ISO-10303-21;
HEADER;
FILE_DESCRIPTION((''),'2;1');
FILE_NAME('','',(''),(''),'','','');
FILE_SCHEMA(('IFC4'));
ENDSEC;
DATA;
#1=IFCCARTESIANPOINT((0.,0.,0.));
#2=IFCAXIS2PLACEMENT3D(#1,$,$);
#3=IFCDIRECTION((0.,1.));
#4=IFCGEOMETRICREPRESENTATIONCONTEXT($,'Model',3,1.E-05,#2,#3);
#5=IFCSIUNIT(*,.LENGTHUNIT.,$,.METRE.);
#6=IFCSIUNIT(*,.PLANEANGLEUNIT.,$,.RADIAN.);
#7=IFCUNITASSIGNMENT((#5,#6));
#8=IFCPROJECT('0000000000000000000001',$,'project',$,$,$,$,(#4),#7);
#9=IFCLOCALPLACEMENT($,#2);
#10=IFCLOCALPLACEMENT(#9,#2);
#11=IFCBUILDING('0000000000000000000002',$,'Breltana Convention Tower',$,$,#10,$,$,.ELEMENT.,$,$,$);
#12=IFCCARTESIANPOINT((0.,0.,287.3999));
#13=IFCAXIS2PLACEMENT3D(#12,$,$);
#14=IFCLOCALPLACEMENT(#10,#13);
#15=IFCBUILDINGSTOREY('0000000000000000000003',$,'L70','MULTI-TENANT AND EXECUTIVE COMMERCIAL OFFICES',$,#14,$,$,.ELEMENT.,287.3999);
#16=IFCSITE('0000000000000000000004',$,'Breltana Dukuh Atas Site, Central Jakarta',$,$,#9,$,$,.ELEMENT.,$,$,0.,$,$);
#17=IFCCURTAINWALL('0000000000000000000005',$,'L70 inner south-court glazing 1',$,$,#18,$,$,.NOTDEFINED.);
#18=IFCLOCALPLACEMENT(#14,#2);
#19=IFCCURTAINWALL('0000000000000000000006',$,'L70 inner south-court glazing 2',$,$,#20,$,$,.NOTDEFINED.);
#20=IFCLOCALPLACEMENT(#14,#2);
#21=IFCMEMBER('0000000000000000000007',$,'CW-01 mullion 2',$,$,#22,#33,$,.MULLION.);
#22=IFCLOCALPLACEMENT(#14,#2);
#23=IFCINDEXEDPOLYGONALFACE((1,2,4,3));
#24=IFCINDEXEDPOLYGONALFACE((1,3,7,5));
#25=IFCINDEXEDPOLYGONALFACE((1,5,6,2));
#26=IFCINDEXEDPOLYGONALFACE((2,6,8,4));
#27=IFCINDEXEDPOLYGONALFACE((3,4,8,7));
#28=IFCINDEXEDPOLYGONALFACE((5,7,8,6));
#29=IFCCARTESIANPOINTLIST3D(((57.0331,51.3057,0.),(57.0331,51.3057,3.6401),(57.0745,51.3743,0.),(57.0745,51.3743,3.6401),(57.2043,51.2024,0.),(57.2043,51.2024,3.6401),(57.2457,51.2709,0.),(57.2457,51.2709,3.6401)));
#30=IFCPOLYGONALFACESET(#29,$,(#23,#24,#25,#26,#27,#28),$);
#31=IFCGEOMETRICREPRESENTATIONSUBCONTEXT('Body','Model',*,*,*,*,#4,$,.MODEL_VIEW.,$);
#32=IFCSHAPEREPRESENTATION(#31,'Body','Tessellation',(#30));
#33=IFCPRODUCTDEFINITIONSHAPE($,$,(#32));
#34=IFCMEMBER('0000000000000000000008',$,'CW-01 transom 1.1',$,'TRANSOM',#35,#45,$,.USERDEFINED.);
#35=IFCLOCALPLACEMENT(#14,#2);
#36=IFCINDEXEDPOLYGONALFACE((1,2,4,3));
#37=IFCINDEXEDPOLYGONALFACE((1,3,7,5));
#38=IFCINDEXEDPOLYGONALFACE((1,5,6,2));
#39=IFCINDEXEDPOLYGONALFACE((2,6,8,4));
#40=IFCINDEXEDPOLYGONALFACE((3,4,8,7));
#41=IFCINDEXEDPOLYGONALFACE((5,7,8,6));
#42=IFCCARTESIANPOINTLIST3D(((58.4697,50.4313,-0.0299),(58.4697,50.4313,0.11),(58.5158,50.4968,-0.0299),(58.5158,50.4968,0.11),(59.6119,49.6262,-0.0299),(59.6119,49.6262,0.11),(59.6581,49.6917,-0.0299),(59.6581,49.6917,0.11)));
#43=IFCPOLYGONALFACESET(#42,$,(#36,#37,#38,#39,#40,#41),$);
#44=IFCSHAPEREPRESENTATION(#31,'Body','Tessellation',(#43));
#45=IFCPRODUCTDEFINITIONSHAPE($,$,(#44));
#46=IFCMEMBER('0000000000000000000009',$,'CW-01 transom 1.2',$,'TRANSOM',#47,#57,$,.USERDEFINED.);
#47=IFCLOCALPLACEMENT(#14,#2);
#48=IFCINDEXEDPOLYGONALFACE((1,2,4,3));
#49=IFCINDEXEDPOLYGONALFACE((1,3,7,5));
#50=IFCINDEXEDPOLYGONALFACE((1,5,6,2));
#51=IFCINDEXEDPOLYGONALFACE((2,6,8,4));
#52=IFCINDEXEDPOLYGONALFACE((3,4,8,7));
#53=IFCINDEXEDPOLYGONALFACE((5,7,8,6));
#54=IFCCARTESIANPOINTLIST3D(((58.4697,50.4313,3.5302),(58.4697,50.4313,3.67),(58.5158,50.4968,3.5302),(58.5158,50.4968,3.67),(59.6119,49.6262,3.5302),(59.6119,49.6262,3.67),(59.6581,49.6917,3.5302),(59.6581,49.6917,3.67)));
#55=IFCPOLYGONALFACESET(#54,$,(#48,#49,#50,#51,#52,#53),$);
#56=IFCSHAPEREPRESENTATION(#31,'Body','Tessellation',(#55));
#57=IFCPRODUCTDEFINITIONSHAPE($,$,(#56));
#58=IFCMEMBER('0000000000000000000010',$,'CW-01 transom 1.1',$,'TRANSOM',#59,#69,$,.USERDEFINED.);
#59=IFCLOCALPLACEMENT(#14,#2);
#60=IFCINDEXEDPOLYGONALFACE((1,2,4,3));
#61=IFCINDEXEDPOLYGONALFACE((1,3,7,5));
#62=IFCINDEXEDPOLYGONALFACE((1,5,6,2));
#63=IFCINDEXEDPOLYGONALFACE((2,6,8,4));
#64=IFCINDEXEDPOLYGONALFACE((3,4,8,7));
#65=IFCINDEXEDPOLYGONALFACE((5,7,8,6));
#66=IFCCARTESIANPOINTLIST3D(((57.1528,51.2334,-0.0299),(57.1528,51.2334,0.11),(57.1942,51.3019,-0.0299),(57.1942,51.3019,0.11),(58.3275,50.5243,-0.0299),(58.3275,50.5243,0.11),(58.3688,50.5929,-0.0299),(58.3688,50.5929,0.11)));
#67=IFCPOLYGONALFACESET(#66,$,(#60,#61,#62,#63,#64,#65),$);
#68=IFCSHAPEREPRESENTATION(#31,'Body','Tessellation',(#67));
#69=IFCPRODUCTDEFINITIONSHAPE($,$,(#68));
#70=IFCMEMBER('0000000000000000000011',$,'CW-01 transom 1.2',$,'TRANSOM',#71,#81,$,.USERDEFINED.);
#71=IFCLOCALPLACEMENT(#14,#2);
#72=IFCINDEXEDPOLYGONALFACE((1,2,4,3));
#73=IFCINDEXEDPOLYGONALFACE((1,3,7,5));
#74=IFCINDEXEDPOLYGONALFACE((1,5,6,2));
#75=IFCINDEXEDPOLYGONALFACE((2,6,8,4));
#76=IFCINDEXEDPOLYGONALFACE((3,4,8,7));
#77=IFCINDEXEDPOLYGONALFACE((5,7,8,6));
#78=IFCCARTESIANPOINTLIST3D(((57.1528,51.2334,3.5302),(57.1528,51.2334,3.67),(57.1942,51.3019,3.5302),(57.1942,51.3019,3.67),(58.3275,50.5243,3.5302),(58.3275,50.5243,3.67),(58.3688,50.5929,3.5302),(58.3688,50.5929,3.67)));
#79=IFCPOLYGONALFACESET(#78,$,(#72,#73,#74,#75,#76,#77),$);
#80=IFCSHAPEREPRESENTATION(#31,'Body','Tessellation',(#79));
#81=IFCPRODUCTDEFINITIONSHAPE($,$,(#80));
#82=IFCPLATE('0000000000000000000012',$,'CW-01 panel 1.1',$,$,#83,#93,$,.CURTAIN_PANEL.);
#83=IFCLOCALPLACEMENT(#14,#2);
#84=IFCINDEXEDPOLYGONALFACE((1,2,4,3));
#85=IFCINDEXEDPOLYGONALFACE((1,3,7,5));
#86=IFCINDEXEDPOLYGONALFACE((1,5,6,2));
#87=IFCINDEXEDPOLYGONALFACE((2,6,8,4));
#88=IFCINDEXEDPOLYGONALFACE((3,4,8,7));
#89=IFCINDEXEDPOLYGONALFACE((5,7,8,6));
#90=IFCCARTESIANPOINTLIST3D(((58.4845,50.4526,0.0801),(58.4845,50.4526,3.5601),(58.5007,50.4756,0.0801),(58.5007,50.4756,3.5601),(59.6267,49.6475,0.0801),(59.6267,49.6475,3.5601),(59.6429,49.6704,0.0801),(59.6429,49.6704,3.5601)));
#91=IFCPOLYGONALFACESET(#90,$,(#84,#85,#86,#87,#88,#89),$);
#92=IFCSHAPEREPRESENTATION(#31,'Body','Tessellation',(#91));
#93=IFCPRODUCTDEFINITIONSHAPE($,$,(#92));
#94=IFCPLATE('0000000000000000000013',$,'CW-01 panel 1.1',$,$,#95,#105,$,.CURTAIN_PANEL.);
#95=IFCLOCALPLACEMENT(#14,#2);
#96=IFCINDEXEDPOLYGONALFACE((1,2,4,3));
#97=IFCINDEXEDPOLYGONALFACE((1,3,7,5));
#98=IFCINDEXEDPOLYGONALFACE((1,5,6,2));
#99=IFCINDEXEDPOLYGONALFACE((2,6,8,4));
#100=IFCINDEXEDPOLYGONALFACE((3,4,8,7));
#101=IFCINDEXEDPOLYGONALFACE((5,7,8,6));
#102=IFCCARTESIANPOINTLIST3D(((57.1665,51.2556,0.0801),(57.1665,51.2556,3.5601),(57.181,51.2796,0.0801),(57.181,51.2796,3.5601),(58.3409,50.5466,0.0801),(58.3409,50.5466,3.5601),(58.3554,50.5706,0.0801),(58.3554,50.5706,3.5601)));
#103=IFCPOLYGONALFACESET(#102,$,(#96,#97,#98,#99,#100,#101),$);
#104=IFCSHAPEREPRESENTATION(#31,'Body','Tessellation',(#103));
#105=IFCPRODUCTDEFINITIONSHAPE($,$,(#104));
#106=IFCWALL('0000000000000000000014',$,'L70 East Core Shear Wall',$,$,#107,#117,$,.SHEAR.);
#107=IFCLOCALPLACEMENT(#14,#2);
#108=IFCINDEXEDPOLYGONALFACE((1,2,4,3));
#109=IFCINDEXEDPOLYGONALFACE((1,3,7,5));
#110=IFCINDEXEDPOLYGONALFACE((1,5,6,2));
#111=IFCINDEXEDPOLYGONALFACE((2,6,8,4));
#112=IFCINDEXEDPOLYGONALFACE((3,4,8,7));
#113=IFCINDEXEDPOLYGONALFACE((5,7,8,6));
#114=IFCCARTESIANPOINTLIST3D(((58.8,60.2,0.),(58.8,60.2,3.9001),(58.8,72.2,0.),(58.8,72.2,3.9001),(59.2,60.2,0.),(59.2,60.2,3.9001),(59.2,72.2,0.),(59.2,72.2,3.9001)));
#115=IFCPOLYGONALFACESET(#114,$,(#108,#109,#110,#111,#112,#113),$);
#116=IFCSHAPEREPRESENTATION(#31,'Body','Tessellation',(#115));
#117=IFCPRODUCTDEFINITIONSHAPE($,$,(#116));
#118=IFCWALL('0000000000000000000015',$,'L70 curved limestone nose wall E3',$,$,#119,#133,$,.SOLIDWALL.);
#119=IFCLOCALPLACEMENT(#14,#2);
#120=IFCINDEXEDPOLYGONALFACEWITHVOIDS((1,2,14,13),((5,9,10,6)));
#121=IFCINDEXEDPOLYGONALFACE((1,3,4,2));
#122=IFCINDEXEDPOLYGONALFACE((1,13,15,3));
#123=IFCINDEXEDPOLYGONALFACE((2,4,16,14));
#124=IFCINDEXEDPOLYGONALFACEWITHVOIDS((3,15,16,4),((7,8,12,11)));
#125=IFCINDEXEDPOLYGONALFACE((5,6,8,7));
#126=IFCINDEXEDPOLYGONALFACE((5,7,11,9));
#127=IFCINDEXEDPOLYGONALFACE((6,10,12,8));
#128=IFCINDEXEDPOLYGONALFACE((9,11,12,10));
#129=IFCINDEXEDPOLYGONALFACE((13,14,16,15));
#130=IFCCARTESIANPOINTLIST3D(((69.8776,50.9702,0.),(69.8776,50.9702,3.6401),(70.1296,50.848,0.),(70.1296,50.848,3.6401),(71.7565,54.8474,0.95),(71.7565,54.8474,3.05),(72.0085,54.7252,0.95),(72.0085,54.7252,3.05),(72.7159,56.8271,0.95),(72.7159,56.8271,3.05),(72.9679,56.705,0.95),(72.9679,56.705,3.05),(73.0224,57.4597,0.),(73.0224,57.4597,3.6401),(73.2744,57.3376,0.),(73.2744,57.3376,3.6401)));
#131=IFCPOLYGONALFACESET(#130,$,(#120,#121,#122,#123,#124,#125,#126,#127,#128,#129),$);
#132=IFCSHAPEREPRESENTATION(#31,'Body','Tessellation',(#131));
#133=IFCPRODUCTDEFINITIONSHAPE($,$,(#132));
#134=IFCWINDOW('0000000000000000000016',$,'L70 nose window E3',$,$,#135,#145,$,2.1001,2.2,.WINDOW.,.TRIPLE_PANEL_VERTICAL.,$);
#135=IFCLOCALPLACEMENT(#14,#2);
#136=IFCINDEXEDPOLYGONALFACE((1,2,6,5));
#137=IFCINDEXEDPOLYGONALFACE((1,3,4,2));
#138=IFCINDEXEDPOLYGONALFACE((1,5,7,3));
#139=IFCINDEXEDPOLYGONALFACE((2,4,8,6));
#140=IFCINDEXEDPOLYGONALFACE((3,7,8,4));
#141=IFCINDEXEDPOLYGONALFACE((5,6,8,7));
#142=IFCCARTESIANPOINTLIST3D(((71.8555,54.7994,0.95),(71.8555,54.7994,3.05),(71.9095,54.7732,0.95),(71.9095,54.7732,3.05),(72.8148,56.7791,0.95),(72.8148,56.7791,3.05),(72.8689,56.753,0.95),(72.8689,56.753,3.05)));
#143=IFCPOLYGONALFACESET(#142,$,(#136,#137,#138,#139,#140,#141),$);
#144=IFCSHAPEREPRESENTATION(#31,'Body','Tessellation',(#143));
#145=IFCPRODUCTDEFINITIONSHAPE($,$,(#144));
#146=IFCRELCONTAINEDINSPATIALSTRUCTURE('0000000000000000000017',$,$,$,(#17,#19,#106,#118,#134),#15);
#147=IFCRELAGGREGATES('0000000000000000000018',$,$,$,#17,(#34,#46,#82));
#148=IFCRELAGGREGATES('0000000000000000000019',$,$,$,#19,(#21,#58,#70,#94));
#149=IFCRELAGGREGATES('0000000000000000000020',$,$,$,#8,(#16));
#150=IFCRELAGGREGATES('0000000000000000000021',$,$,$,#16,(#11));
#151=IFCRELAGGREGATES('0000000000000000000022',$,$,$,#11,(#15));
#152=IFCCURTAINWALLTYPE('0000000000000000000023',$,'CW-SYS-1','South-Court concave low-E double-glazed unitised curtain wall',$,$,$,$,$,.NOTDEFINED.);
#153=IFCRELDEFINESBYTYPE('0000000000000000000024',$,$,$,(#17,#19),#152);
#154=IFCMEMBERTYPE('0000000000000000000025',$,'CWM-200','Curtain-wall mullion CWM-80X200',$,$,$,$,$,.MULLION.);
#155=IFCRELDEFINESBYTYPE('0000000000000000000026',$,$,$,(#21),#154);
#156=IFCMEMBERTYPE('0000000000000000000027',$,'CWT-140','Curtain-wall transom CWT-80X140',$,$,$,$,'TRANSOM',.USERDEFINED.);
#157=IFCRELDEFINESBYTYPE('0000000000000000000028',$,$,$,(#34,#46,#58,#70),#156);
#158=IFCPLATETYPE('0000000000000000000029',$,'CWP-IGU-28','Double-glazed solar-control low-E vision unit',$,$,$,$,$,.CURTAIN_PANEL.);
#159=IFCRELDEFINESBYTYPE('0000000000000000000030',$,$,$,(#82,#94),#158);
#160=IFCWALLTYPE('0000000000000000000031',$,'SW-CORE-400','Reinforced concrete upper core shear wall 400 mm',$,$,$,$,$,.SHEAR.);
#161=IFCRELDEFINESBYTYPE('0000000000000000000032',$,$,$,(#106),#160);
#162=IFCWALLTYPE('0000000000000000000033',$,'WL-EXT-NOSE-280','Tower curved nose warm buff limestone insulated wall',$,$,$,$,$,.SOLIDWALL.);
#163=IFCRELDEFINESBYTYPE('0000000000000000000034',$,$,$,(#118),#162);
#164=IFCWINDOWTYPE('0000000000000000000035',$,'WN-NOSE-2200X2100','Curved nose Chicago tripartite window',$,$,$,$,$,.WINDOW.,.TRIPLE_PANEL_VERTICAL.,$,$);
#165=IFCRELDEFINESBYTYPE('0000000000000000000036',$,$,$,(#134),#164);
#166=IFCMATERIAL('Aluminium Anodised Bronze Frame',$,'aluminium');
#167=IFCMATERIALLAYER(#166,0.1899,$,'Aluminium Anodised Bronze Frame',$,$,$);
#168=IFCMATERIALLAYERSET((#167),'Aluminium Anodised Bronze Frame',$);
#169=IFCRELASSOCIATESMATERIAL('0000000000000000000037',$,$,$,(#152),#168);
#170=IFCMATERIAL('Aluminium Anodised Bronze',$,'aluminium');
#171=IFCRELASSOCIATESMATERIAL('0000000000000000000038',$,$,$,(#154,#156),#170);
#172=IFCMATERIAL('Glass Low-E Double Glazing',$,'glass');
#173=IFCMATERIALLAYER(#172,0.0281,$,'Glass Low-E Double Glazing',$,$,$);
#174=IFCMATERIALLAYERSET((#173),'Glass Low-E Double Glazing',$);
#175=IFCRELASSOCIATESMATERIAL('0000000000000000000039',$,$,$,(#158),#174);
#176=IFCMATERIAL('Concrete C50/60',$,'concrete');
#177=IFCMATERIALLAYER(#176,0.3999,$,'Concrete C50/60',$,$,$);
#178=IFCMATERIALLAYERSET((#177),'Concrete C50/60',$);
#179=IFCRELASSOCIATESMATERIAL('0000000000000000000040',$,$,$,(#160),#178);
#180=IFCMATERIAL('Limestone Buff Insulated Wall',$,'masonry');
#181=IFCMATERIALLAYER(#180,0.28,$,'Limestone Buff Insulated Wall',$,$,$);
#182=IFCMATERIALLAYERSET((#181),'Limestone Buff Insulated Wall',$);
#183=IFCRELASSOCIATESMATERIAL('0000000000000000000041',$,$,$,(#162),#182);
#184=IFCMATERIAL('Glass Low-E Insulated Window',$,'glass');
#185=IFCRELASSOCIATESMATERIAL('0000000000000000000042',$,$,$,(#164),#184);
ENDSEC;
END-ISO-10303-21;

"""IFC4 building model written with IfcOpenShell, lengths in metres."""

from ifc_helpers import new_model, si_unit, direction, frame, frame_2d, origin, origin_2d, place, context, subcontext, project, spatial, rectangle, extrude, source, transform, mapped, material, layer, layer_set, material_profile, profile_set, type_object, type_shapes, element, fill, aggregate, save


model = new_model("IFC4")

# Units and contexts
model_context = context("Model", 3, precision=1e-05, world=origin(), true_north=direction((0.0, 1.0)))
body_context = subcontext(model_context, "Body", "Model", "MODEL_VIEW")
ifc_project = project(units=[si_unit("LENGTHUNIT", "METRE"), si_unit("PLANEANGLEUNIT", "RADIAN")], contexts=[model_context])

# Site, building, storey
site_placement = place(None, origin())
site = spatial("IfcSite", under=ifc_project, at=site_placement, Name="Breltana Dukuh Atas Site, Central Jakarta", CompositionType="ELEMENT", RefElevation=0.0)
building_placement = place(site_placement, origin())
building = spatial("IfcBuilding", under=site, at=building_placement, Name="Breltana Convention Tower", CompositionType="ELEMENT")
storey_placement = place(building_placement, frame((0.0, 0.0, 287.3999)))
storey = spatial("IfcBuildingStorey", under=building, at=storey_placement, Name="L70", Description="MULTI-TENANT AND EXECUTIVE COMMERCIAL OFFICES", CompositionType="ELEMENT", Elevation=287.3999)

# Curtain walls, member
ifc_material_1 = material(Name="Aluminium Anodised Bronze Frame", Category="aluminium")
ifc_layer_1 = layer(ifc_material_1, 0.1899, Name="Aluminium Anodised Bronze Frame")
ifc_layer_set_1 = layer_set([ifc_layer_1], Name="Aluminium Anodised Bronze Frame")
curtain_wall_type = type_object("IfcCurtainWallType", Name="CW-SYS-1", Description="South-Court concave low-E double-glazed unitised curtain wall", PredefinedType="NOTDEFINED", material=ifc_layer_set_1)
curtain_wall_1_placement = place(storey_placement, origin())
curtain_wall_1 = element("IfcCurtainWall", 1, at=curtain_wall_1_placement, inside=storey, type_object=curtain_wall_type, Name="L70 inner south-court glazing 1", PredefinedType="NOTDEFINED")
ifc_material_2 = material(Name="Aluminium Anodised Bronze", Category="aluminium")
ifc_material_profile_1 = material_profile(ifc_material_2, rectangle(XDim=0.0801, YDim=0.2, at=origin_2d()), Name="CWM-80X200")
ifc_profile_set_1 = profile_set([ifc_material_profile_1], Name="Aluminium Anodised Bronze")
member_type_1 = type_object("IfcMemberType", Name="CWM-200", Description="Curtain-wall mullion CWM-80X200", PredefinedType="MULLION", material=ifc_profile_set_1)
shared_shape_1 = source(origin(), body_context, "Body", "SweptSolid", [
    extrude(rectangle(XDim=0.0801, YDim=0.2, at=origin_2d()), origin(), (0.0, 0.0, 1.0), 3.6401),
])
curtain_wall_2_placement = place(storey_placement, origin())
curtain_wall_2 = element("IfcCurtainWall", 2, at=curtain_wall_2_placement, inside=storey, type_object=curtain_wall_type, Name="L70 inner south-court glazing 2", PredefinedType="NOTDEFINED")
member_1_placement = place(storey_placement, frame((57.1394, 51.2883, 0.0), z_axis=(0.0, 0.0, 1.0), x_axis=(-0.516827, -0.85609, 0.0)))
member_1 = element("IfcMember", 3, at=member_1_placement, type_object=member_type_1, Name="CW-01 mullion 2", PredefinedType="MULLION", context=body_context, shape_type="MappedRepresentation", body=[
    mapped(shared_shape_1, transform((0.0, 0.0, 0.0), scale=1.0)),
])

# Members
ifc_material_profile_2 = material_profile(ifc_material_2, rectangle(XDim=0.0801, YDim=0.1399, at=origin_2d()), Name="CWT-80X140")
ifc_profile_set_2 = profile_set([ifc_material_profile_2], Name="Aluminium Anodised Bronze")
member_type_2 = type_object("IfcMemberType", Name="CWT-140", Description="Curtain-wall transom CWT-80X140", ElementType="TRANSOM", PredefinedType="USERDEFINED", material=ifc_profile_set_2)
shared_shape_2 = source(origin(), body_context, "Body", "SweptSolid", [
    extrude(rectangle(XDim=0.0801, YDim=0.1399, at=origin_2d()), origin(), (0.0, 0.0, 1.0), 1.3975),
])
member_2_placement = place(storey_placement, frame((59.635, 49.6589, 0.04), z_axis=(-0.817365, 0.576121, 0.0), x_axis=(-0.576121, -0.817365, 0.0)))
member_2 = element("IfcMember", 4, at=member_2_placement, type_object=member_type_2, Name="CW-01 transom 1.1", ObjectType="TRANSOM", PredefinedType="USERDEFINED", context=body_context, shape_type="MappedRepresentation", body=[
    mapped(shared_shape_2, transform((0.0, 0.0, 0.0), scale=1.0)),
])
member_3_placement = place(storey_placement, frame((59.635, 49.6589, 3.6001), z_axis=(-0.817365, 0.576121, 0.0), x_axis=(-0.576121, -0.817365, 0.0)))
member_3 = element("IfcMember", 5, at=member_3_placement, type_object=member_type_2, Name="CW-01 transom 1.2", ObjectType="TRANSOM", PredefinedType="USERDEFINED", context=body_context, shape_type="MappedRepresentation", body=[
    mapped(shared_shape_2, transform((0.0, 0.0, 0.0), scale=1.0)),
])
shared_shape_3 = source(origin(), body_context, "Body", "SweptSolid", [
    extrude(rectangle(XDim=0.0801, YDim=0.1399, at=origin_2d()), origin(), (0.0, 0.0, 1.0), 1.3721),
])
member_4_placement = place(storey_placement, frame((58.3481, 50.5586, 0.04), z_axis=(-0.856124, 0.516771, 0.0), x_axis=(-0.516771, -0.856124, 0.0)))
member_4 = element("IfcMember", 6, at=member_4_placement, type_object=member_type_2, Name="CW-01 transom 1.1", ObjectType="TRANSOM", PredefinedType="USERDEFINED", context=body_context, shape_type="MappedRepresentation", body=[
    mapped(shared_shape_3, transform((0.0, 0.0, 0.0), scale=1.0)),
])
member_5_placement = place(storey_placement, frame((58.3481, 50.5586, 3.6001), z_axis=(-0.856124, 0.516771, 0.0), x_axis=(-0.516771, -0.856124, 0.0)))
member_5 = element("IfcMember", 7, at=member_5_placement, type_object=member_type_2, Name="CW-01 transom 1.2", ObjectType="TRANSOM", PredefinedType="USERDEFINED", context=body_context, shape_type="MappedRepresentation", body=[
    mapped(shared_shape_3, transform((0.0, 0.0, 0.0), scale=1.0)),
])

# Plates
ifc_material_3 = material(Name="Glass Low-E Double Glazing", Category="glass")
ifc_layer_2 = layer(ifc_material_3, 0.0281, Name="Glass Low-E Double Glazing")
ifc_layer_set_2 = layer_set([ifc_layer_2], Name="Glass Low-E Double Glazing")
plate_type = type_object("IfcPlateType", Name="CWP-IGU-28", Description="Double-glazed solar-control low-E vision unit", PredefinedType="CURTAIN_PANEL", material=ifc_layer_set_2)
shared_shape_4 = source(origin(), body_context, "Body", "SweptSolid", [
    extrude(rectangle(XDim=1.3975, YDim=0.0281, at=origin_2d()), origin(), (0.0, 0.0, 1.0), 3.48),
])
plate_1_placement = place(storey_placement, frame((59.0637, 50.0615, 0.0801), z_axis=(0.0, 0.0, 1.0), x_axis=(-0.817327, 0.576174, 0.0)))
plate_1 = element("IfcPlate", 8, at=plate_1_placement, type_object=plate_type, Name="CW-01 panel 1.1", PredefinedType="CURTAIN_PANEL", context=body_context, shape_type="MappedRepresentation", body=[
    mapped(shared_shape_4, transform((0.0, 0.0, 0.0), scale=1.0)),
])
aggregate(curtain_wall_1, [member_2, member_3, plate_1])
shared_shape_5 = source(origin(), body_context, "Body", "SweptSolid", [
    extrude(rectangle(XDim=1.3718, YDim=0.0281, at=origin_2d()), origin(), (0.0, 0.0, 1.0), 3.48),
])
plate_2_placement = place(storey_placement, frame((57.761, 50.9131, 0.0801), z_axis=(0.0, 0.0, 1.0), x_axis=(-0.85609, 0.516827, 0.0)))
plate_2 = element("IfcPlate", 9, at=plate_2_placement, type_object=plate_type, Name="CW-01 panel 1.1", PredefinedType="CURTAIN_PANEL", context=body_context, shape_type="MappedRepresentation", body=[
    mapped(shared_shape_5, transform((0.0, 0.0, 0.0), scale=1.0)),
])
aggregate(curtain_wall_2, [member_1, member_4, member_5, plate_2])

# Wall
ifc_material_4 = material(Name="Concrete C50/60", Category="concrete")
ifc_layer_3 = layer(ifc_material_4, 0.3999, Name="Concrete C50/60")
ifc_layer_set_3 = layer_set([ifc_layer_3], Name="Concrete C50/60")
wall_type_1 = type_object("IfcWallType", Name="SW-CORE-400", Description="Reinforced concrete upper core shear wall 400 mm", PredefinedType="SHEAR", material=ifc_layer_set_3)
shared_shape_6 = source(origin(), body_context, "Body", "SweptSolid", [
    extrude(rectangle(XDim=12.0, YDim=0.3999, at=frame_2d((6.0, 0.0))), origin(), (0.0, 0.0, 1.0), 3.9001),
])
wall_1_placement = place(storey_placement, frame((59.0, 60.2, 0.0), z_axis=(0.0, 0.0, 1.0), x_axis=(0.0, 1.0, 0.0)))
element("IfcWall", 10, at=wall_1_placement, inside=storey, type_object=wall_type_1, Name="L70 East Core Shear Wall", PredefinedType="SHEAR", context=body_context, shape_type="MappedRepresentation", body=[
    mapped(shared_shape_6, transform((0.0, 0.0, 0.0), scale=1.0)),
])

# Wall, opening, window
ifc_material_5 = material(Name="Limestone Buff Insulated Wall", Category="masonry")
ifc_layer_4 = layer(ifc_material_5, 0.28, Name="Limestone Buff Insulated Wall")
ifc_layer_set_4 = layer_set([ifc_layer_4], Name="Limestone Buff Insulated Wall")
wall_type_2 = type_object("IfcWallType", Name="WL-EXT-NOSE-280", Description="Tower curved nose warm buff limestone insulated wall", PredefinedType="SOLIDWALL", material=ifc_layer_set_4)
shared_shape_7 = source(origin(), body_context, "Body", "SweptSolid", [
    extrude(rectangle(XDim=7.2114, YDim=0.28, at=frame_2d((3.6057, 0.0))), origin(), (0.0, 0.0, 1.0), 3.6401),
])
wall_2_placement = place(storey_placement, frame((73.1484, 57.3987, 0.0), z_axis=(0.0, 0.0, 1.0), x_axis=(-0.436088, -0.899904, 0.0)))
wall_2 = element("IfcWall", 11, at=wall_2_placement, inside=storey, type_object=wall_type_2, Name="L70 curved limestone nose wall E3", PredefinedType="SOLIDWALL", context=body_context, shape_type="MappedRepresentation", body=[
    mapped(shared_shape_7, transform((0.0, 0.0, 0.0), scale=1.0)),
])
opening_1_placement = place(wall_2_placement, frame((0.7029, 0.0, 0.95)))
opening_1 = element("IfcOpeningElement", 12, at=opening_1_placement, cuts=wall_2, PredefinedType="OPENING", context=body_context, shape_type="SweptSolid", body=[
    extrude(rectangle(XDim=2.2, YDim=2.1001, at=frame_2d((1.1001, 1.05))), frame((0.0, 0.1499, 0.0), z_axis=(0.0, -1.0, 0.0), x_axis=(1.0, 0.0, 0.0)), (0.0, 0.0, 1.0), 0.3),
])
ifc_material_6 = material(Name="Glass Low-E Insulated Window", Category="glass")
window_type = type_object("IfcWindowType", Name="WN-NOSE-2200X2100", Description="Curved nose Chicago tripartite window", PartitioningType="TRIPLE_PANEL_VERTICAL", PredefinedType="WINDOW", material=ifc_material_6)
shared_shape_8 = source(origin(), body_context, "Body", "SweptSolid", [
    extrude(rectangle(XDim=2.2, YDim=2.1001, at=frame_2d((1.1001, 1.05))), frame((0.0, 0.03, 0.0), z_axis=(0.0, -1.0, 0.0), x_axis=(1.0, 0.0, 0.0)), (0.0, 0.0, 1.0), 0.0601),
])
type_shapes(window_type, [shared_shape_8])
window_1_placement = place(opening_1_placement, origin())
window_1 = element("IfcWindow", 13, at=window_1_placement, inside=storey, type_object=window_type, Name="L70 nose window E3", OverallHeight=2.1001, OverallWidth=2.2, PartitioningType="TRIPLE_PANEL_VERTICAL", PredefinedType="WINDOW", context=body_context, shape_type="MappedRepresentation", body=[
    mapped(shared_shape_8, transform((0.0, 0.0, 0.0), scale=1.0)),
])
fill(opening_1, window_1)

save(model, "model.ifc")
